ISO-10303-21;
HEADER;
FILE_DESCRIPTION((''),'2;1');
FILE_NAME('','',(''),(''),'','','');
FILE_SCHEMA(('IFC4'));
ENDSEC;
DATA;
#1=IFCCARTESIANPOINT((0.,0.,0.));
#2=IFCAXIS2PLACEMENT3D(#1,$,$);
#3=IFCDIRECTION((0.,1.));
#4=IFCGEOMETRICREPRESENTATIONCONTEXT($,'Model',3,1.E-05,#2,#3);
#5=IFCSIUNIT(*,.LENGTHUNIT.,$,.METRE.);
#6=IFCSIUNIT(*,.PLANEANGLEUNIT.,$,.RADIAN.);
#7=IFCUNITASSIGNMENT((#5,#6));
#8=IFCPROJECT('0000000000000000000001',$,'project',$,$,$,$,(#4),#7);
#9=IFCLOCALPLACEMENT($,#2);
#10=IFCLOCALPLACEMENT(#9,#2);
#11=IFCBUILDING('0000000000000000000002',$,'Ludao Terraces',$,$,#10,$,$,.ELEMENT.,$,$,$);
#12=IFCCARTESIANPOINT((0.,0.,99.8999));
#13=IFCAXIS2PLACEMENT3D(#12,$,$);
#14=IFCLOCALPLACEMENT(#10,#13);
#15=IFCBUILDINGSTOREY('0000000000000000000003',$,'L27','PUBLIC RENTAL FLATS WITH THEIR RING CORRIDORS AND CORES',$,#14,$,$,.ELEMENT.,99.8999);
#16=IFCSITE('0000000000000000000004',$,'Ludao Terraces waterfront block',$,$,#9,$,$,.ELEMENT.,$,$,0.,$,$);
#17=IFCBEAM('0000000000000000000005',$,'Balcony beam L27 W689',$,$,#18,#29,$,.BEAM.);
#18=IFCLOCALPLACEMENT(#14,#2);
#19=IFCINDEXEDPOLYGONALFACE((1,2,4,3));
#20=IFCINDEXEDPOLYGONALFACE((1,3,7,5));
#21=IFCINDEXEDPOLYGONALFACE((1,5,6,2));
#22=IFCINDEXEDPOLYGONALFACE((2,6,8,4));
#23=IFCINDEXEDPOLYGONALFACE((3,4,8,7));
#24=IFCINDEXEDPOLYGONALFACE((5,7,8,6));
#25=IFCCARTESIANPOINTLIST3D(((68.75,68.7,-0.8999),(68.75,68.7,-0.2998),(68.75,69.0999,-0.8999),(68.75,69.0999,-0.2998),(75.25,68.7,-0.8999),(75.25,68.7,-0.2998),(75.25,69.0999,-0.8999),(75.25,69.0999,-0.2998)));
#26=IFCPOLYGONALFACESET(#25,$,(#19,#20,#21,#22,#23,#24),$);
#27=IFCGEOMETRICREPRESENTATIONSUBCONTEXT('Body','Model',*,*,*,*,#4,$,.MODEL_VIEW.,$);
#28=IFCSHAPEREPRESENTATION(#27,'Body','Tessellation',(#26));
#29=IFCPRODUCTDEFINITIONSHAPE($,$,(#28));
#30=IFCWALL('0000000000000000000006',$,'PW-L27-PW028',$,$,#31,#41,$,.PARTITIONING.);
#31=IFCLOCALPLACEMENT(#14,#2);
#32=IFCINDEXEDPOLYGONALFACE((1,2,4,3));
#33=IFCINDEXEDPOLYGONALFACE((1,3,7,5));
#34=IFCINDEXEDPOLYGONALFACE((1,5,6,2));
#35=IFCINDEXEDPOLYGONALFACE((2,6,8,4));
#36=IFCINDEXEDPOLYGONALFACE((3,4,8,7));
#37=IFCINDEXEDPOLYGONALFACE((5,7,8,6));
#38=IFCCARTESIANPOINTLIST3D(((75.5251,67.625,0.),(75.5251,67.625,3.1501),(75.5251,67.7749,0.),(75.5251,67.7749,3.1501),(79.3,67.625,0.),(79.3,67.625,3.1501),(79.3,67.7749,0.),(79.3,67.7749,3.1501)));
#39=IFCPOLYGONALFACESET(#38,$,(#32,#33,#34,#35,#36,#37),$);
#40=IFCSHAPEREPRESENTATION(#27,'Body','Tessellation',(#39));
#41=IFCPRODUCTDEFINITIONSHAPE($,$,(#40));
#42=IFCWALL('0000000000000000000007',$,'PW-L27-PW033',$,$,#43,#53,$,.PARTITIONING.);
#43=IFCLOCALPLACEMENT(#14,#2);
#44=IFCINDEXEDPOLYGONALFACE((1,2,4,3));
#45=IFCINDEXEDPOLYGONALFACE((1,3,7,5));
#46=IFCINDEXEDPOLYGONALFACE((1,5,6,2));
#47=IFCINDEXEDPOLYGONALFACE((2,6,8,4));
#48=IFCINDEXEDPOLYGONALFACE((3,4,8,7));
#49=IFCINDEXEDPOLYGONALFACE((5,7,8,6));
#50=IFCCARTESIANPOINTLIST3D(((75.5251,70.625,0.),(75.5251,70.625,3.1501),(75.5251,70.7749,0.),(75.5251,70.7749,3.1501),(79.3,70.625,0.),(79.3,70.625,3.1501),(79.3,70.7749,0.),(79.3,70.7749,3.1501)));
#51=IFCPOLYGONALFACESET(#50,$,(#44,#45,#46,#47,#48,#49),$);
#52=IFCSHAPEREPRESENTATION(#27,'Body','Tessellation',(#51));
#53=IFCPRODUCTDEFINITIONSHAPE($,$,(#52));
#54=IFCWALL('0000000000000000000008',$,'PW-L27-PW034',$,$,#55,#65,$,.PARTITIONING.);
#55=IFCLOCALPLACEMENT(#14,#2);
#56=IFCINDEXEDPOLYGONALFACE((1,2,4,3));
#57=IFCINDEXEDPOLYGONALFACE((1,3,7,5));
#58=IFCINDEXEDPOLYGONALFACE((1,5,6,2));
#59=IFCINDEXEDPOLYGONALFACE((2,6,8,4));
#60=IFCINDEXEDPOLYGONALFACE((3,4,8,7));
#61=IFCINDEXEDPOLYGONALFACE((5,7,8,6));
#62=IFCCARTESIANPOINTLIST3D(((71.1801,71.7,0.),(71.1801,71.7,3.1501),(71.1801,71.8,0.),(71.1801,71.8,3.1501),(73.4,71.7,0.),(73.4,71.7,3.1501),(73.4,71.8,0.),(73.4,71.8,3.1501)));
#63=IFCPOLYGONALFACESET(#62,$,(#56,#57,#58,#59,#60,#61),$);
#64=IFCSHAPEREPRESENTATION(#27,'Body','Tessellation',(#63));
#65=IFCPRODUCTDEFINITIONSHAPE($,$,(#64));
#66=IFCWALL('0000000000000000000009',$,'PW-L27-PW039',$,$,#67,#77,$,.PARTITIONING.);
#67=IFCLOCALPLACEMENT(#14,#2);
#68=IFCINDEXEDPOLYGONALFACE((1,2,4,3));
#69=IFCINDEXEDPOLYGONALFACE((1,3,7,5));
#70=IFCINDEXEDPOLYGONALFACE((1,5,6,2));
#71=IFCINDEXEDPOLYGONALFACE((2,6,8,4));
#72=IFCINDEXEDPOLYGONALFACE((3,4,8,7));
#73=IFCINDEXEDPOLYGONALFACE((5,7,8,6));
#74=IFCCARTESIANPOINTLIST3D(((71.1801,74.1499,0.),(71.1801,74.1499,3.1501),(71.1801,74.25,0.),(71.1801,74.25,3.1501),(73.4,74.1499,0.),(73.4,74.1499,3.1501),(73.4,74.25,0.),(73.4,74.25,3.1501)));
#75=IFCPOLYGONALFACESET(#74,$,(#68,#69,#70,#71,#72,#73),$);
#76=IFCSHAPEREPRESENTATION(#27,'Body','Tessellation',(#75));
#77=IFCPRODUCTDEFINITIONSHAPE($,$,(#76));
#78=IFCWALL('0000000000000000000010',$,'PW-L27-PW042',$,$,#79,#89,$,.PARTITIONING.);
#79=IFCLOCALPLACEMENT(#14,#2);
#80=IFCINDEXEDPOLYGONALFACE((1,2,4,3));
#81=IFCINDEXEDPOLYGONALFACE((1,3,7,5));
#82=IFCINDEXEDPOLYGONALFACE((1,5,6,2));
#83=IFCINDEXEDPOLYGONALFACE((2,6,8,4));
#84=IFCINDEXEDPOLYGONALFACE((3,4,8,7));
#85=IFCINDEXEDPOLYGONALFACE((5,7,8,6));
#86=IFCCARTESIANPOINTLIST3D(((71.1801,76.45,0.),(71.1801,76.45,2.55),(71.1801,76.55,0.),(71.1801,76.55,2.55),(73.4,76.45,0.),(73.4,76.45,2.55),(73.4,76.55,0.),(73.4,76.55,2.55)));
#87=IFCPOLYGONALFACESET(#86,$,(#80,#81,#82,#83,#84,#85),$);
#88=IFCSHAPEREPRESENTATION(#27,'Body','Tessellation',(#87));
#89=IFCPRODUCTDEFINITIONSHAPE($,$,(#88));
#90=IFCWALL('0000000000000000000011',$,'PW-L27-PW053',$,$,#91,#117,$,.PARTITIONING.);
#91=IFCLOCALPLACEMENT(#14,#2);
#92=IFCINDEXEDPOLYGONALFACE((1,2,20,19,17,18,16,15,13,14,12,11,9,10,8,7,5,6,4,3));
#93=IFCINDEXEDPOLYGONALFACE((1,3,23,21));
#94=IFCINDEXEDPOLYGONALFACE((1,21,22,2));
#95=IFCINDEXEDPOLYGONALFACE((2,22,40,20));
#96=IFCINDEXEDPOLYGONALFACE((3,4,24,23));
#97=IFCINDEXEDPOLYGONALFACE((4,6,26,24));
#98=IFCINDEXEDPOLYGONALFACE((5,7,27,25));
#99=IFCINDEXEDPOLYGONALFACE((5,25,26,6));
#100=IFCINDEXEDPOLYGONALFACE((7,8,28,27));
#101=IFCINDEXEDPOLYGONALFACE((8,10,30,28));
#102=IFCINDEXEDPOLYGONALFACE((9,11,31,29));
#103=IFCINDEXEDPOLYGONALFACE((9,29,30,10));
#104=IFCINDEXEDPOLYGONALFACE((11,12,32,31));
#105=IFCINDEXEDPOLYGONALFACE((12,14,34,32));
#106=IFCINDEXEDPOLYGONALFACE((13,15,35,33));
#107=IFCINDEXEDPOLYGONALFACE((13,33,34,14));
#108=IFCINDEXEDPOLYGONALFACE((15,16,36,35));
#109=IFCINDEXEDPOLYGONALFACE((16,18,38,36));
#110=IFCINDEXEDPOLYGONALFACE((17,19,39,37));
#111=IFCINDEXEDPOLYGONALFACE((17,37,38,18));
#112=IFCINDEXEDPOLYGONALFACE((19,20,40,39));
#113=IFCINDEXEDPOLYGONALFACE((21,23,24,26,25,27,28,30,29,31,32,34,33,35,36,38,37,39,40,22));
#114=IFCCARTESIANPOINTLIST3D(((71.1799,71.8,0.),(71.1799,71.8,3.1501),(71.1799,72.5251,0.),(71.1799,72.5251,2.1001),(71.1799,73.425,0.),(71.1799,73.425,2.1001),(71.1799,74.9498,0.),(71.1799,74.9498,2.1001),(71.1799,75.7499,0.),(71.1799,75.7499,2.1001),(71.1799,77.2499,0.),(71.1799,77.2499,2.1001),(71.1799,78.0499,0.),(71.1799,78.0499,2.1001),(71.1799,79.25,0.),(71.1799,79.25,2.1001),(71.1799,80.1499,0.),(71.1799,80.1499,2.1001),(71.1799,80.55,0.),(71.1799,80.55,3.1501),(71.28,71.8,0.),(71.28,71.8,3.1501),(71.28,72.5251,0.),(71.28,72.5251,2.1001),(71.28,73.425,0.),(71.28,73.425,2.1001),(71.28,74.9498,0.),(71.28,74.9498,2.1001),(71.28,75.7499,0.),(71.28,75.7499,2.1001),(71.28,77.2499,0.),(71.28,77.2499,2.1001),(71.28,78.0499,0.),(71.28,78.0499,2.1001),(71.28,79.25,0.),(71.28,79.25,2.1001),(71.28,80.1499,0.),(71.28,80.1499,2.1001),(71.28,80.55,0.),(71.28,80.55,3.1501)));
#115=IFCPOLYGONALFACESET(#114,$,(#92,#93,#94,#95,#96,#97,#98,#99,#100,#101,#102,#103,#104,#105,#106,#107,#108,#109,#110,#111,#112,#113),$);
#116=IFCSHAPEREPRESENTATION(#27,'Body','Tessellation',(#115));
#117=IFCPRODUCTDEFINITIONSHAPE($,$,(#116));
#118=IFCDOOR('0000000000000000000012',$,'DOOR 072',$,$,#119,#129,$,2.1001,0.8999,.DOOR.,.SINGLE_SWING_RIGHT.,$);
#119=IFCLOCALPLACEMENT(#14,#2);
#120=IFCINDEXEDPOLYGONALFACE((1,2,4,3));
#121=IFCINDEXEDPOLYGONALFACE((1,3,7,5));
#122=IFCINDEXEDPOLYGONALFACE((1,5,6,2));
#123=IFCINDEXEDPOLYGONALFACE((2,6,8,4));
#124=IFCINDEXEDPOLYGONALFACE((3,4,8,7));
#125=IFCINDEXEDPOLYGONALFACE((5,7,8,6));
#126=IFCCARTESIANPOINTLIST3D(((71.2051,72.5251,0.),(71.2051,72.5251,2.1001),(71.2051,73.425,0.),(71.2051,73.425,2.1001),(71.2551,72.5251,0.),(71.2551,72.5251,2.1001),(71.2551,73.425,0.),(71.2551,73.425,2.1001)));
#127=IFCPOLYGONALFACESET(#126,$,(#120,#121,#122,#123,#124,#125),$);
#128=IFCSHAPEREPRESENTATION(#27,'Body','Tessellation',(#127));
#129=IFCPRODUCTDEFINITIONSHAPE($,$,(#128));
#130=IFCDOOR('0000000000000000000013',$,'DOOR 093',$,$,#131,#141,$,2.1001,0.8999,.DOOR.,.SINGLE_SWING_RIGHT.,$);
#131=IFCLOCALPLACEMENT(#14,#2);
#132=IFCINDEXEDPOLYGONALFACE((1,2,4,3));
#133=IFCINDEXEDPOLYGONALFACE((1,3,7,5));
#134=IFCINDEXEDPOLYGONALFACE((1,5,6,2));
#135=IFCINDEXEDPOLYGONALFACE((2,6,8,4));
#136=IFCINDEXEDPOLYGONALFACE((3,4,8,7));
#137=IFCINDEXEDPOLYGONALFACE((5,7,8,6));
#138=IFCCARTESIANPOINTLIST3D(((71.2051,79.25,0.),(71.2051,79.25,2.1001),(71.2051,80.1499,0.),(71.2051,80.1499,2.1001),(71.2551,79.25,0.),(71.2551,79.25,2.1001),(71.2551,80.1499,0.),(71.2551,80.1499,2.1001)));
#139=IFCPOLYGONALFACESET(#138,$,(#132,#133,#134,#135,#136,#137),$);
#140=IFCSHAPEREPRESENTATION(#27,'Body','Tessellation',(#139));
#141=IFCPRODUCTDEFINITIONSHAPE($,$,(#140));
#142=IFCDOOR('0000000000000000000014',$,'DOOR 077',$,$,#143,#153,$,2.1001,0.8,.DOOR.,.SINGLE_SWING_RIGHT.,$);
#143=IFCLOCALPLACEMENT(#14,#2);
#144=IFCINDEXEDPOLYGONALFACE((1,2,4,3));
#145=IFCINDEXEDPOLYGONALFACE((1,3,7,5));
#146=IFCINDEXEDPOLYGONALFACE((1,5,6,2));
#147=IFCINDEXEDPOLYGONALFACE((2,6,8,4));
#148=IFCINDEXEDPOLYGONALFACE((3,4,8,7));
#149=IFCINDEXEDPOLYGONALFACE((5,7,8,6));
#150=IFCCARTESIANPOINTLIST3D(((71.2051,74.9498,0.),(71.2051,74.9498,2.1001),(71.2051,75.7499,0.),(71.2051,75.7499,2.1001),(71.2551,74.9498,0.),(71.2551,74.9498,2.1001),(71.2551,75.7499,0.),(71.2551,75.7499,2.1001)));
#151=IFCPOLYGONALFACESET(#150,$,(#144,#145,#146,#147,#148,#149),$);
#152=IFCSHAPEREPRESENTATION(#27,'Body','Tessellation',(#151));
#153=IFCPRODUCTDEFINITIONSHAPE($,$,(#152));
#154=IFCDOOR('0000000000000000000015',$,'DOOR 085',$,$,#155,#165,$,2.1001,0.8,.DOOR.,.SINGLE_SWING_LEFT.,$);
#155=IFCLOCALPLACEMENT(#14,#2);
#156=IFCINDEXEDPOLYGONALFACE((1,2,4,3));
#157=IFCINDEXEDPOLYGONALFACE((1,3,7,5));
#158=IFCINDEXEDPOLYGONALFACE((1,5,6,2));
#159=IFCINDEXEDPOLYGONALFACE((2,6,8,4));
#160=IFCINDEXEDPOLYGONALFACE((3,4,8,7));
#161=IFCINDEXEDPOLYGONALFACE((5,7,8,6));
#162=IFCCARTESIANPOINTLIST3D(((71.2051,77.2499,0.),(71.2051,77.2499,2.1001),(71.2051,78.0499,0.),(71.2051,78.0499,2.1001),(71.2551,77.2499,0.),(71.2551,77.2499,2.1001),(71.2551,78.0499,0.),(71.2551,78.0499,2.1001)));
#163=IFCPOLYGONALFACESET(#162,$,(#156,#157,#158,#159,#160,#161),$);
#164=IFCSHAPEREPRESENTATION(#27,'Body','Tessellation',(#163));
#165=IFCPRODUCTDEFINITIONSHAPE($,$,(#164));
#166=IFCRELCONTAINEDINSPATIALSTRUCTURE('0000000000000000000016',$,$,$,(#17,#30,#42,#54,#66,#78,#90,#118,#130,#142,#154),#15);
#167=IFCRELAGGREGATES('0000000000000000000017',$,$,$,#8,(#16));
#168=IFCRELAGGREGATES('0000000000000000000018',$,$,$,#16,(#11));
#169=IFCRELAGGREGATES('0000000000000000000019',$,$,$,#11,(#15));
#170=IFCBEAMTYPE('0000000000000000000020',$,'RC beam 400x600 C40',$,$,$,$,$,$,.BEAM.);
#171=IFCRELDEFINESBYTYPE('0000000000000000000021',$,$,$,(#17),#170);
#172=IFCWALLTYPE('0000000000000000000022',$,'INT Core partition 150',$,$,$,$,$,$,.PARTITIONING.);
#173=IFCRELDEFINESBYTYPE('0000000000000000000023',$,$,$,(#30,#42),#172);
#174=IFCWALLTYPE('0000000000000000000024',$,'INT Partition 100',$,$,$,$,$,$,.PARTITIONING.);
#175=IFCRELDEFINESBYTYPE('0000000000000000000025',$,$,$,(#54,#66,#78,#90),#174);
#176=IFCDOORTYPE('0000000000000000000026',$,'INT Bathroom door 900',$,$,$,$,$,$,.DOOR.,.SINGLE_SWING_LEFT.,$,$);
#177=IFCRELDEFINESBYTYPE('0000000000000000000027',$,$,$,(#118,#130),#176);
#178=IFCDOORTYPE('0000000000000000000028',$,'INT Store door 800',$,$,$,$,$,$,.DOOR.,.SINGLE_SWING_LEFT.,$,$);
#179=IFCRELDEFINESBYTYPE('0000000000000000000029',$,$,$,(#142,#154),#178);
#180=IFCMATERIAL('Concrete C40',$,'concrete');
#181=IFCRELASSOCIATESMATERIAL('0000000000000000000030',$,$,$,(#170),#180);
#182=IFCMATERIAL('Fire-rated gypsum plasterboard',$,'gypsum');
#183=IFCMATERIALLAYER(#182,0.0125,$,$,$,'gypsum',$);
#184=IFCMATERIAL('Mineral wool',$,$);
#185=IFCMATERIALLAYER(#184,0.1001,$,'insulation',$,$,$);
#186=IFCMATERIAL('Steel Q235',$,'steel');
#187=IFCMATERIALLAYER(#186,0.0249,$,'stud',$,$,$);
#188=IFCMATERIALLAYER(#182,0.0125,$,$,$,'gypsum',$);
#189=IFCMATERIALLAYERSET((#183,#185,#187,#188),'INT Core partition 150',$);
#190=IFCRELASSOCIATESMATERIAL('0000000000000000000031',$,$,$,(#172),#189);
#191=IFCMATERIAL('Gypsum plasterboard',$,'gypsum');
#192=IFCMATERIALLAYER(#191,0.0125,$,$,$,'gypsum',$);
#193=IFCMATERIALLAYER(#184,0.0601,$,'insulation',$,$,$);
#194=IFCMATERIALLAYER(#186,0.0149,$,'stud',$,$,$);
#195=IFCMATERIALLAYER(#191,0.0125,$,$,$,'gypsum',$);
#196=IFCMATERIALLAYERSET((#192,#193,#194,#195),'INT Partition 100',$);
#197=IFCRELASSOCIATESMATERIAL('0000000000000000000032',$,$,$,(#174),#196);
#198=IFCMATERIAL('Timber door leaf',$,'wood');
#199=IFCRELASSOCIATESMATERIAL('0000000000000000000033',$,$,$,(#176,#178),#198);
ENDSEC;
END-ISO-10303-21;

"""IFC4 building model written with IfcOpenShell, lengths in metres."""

from ifc_helpers import new_model, si_unit, direction, frame, frame_2d, origin, origin_2d, place, context, subcontext, project, spatial, rectangle, extrude, material, layer, layer_set, material_profile, profile_set, type_object, element, fill, save


model = new_model("IFC4")

# Units and contexts
model_context = context("Model", 3, precision=1e-05, world=origin(), true_north=direction((0.0, 1.0)))
body_context = subcontext(model_context, "Body", "Model", "MODEL_VIEW")
ifc_project = project(units=[si_unit("LENGTHUNIT", "METRE"), si_unit("PLANEANGLEUNIT", "RADIAN")], contexts=[model_context])

# Site, building, storey
site_placement = place(None, origin())
site = spatial("IfcSite", under=ifc_project, at=site_placement, Name="Ludao Terraces waterfront block", CompositionType="ELEMENT", RefElevation=0.0)
building_placement = place(site_placement, origin())
building = spatial("IfcBuilding", under=site, at=building_placement, Name="Ludao Terraces", CompositionType="ELEMENT")
storey_placement = place(building_placement, frame((0.0, 0.0, 99.8999)))
storey = spatial("IfcBuildingStorey", under=building, at=storey_placement, Name="L27", Description="PUBLIC RENTAL FLATS WITH THEIR RING CORRIDORS AND CORES", CompositionType="ELEMENT", Elevation=99.8999)

# Beam
ifc_material_1 = material(Name="Concrete C40", Category="concrete")
ifc_material_profile = material_profile(ifc_material_1, rectangle(XDim=0.3999, YDim=0.6001, at=origin_2d()), Name="400 X 600")
ifc_profile_set = profile_set([ifc_material_profile], Name="Concrete C40")
beam_type = type_object("IfcBeamType", Name="RC beam 400x600 C40", PredefinedType="BEAM", material=ifc_profile_set)
beam_placement = place(storey_placement, frame((75.25, 68.8999, -0.5999), z_axis=(-1.0, 0.0, 0.0), x_axis=(0.0, -1.0, 0.0)))
element("IfcBeam", 1, at=beam_placement, inside=storey, type_object=beam_type, Name="Balcony beam L27 W689", PredefinedType="BEAM", context=body_context, shape_type="SweptSolid", body=[
    extrude(rectangle(XDim=0.3999, YDim=0.6001, at=origin_2d()), origin(), (0.0, 0.0, 1.0), 6.5),
])

# Walls
ifc_material_2 = material(Name="Fire-rated gypsum plasterboard", Category="gypsum")
ifc_layer_1 = layer(ifc_material_2, 0.0125, Category="gypsum")
ifc_material_3 = material(Name="Mineral wool")
ifc_layer_2 = layer(ifc_material_3, 0.1001, Name="insulation")
ifc_material_4 = material(Name="Steel Q235", Category="steel")
ifc_layer_3 = layer(ifc_material_4, 0.0249, Name="stud")
ifc_layer_4 = layer(ifc_material_2, 0.0125, Category="gypsum")
ifc_layer_set_1 = layer_set([ifc_layer_1, ifc_layer_2, ifc_layer_3, ifc_layer_4], Name="INT Core partition 150")
wall_type_1 = type_object("IfcWallType", Name="INT Core partition 150", PredefinedType="PARTITIONING", material=ifc_layer_set_1)
for number, where, z_axis, x_axis, name in (
    (2, (75.5251, 67.7, 0.0), (0.0, 0.0, 1.0), (1.0, 0.0, 0.0), "PW-L27-PW028"),
    (3, (75.5251, 70.7, 0.0), (0.0, 0.0, 1.0), (1.0, 0.0, 0.0), "PW-L27-PW033"),
):
    element("IfcWall", number, at=place(storey_placement, frame(where, z_axis=z_axis, x_axis=x_axis)), inside=storey, type_object=wall_type_1, Name=name, PredefinedType="PARTITIONING", context=body_context, shape_type="SweptSolid", body=[
        extrude(rectangle(XDim=3.7749, YDim=0.1499, at=frame_2d((1.8875, 0.0))), origin(), (0.0, 0.0, 1.0), 3.1501),
    ])
ifc_material_5 = material(Name="Gypsum plasterboard", Category="gypsum")
ifc_layer_5 = layer(ifc_material_5, 0.0125, Category="gypsum")
ifc_layer_6 = layer(ifc_material_3, 0.0601, Name="insulation")
ifc_layer_7 = layer(ifc_material_4, 0.0149, Name="stud")
ifc_layer_8 = layer(ifc_material_5, 0.0125, Category="gypsum")
ifc_layer_set_2 = layer_set([ifc_layer_5, ifc_layer_6, ifc_layer_7, ifc_layer_8], Name="INT Partition 100")
wall_type_2 = type_object("IfcWallType", Name="INT Partition 100", PredefinedType="PARTITIONING", material=ifc_layer_set_2)
for number, where, z_axis, x_axis, name in (
    (4, (71.1802, 71.75, 0.0), (0.0, 0.0, 1.0), (1.0, 0.0, 0.0), "PW-L27-PW034"),
    (5, (71.1802, 74.2, 0.0), (0.0, 0.0, 1.0), (1.0, 0.0, 0.0), "PW-L27-PW039"),
):
    element("IfcWall", number, at=place(storey_placement, frame(where, z_axis=z_axis, x_axis=x_axis)), inside=storey, type_object=wall_type_2, Name=name, PredefinedType="PARTITIONING", context=body_context, shape_type="SweptSolid", body=[
        extrude(rectangle(XDim=2.22, YDim=0.1001, at=frame_2d((1.1099, 0.0))), origin(), (0.0, 0.0, 1.0), 3.1501),
    ])
wall_1_placement = place(storey_placement, frame((71.1802, 76.5, 0.0), z_axis=(0.0, 0.0, 1.0), x_axis=(1.0, 0.0, 0.0)))
element("IfcWall", 6, at=wall_1_placement, inside=storey, type_object=wall_type_2, Name="PW-L27-PW042", PredefinedType="PARTITIONING", context=body_context, shape_type="SweptSolid", body=[
    extrude(rectangle(XDim=2.22, YDim=0.1001, at=frame_2d((1.1099, 0.0))), origin(), (0.0, 0.0, 1.0), 2.55),
])

# Wall, openings, doors
wall_2_placement = place(storey_placement, frame((71.23, 71.8, 0.0), z_axis=(0.0, 0.0, 1.0), x_axis=(0.0, 1.0, 0.0)))
wall_2 = element("IfcWall", 7, at=wall_2_placement, inside=storey, type_object=wall_type_2, Name="PW-L27-PW053", PredefinedType="PARTITIONING", context=body_context, shape_type="SweptSolid", body=[
    extrude(rectangle(XDim=8.75, YDim=0.1001, at=frame_2d((4.375, 0.0))), origin(), (0.0, 0.0, 1.0), 3.1501),
])
opening_1_placement = place(wall_2_placement, frame((0.7251, 0.0, 0.0)))
opening_1 = element("IfcOpeningElement", 8, at=opening_1_placement, cuts=wall_2, PredefinedType="OPENING", context=body_context, shape_type="SweptSolid", body=[
    extrude(rectangle(XDim=0.8999, YDim=2.1001, at=frame_2d((0.45, 1.05))), frame((0.0, 0.0601, 0.0), z_axis=(0.0, -1.0, 0.0), x_axis=(1.0, 0.0, 0.0)), (0.0, 0.0, 1.0), 0.1201),
])
opening_2_placement = place(wall_2_placement, frame((3.1499, 0.0, 0.0)))
opening_2 = element("IfcOpeningElement", 9, at=opening_2_placement, cuts=wall_2, PredefinedType="OPENING", context=body_context, shape_type="SweptSolid", body=[
    extrude(rectangle(XDim=0.8, YDim=2.1001, at=frame_2d((0.3999, 1.05))), frame((0.0, 0.0601, 0.0), z_axis=(0.0, -1.0, 0.0), x_axis=(1.0, 0.0, 0.0)), (0.0, 0.0, 1.0), 0.1201),
])
opening_3_placement = place(wall_2_placement, frame((5.45, 0.0, 0.0)))
opening_3 = element("IfcOpeningElement", 10, at=opening_3_placement, cuts=wall_2, PredefinedType="OPENING", context=body_context, shape_type="SweptSolid", body=[
    extrude(rectangle(XDim=0.8, YDim=2.1001, at=frame_2d((0.3999, 1.05))), frame((0.0, 0.0601, 0.0), z_axis=(0.0, -1.0, 0.0), x_axis=(1.0, 0.0, 0.0)), (0.0, 0.0, 1.0), 0.1201),
])
opening_4_placement = place(wall_2_placement, frame((7.45, 0.0, 0.0)))
opening_4 = element("IfcOpeningElement", 11, at=opening_4_placement, cuts=wall_2, PredefinedType="OPENING", context=body_context, shape_type="SweptSolid", body=[
    extrude(rectangle(XDim=0.8999, YDim=2.1001, at=frame_2d((0.45, 1.05))), frame((0.0, 0.0601, 0.0), z_axis=(0.0, -1.0, 0.0), x_axis=(1.0, 0.0, 0.0)), (0.0, 0.0, 1.0), 0.1201),
])
ifc_material_6 = material(Name="Timber door leaf", Category="wood")
door_type_1 = type_object("IfcDoorType", Name="INT Bathroom door 900", OperationType="SINGLE_SWING_LEFT", PredefinedType="DOOR", material=ifc_material_6)
door_1_placement = place(opening_1_placement, origin())
door_1 = element("IfcDoor", 12, at=door_1_placement, inside=storey, type_object=door_type_1, Name="DOOR 072", OperationType="SINGLE_SWING_RIGHT", OverallHeight=2.1001, OverallWidth=0.8999, PredefinedType="DOOR", context=body_context, shape_type="SweptSolid", body=[
    extrude(rectangle(XDim=0.8999, YDim=2.1001, at=frame_2d((0.45, 1.05))), frame((0.0, 0.0249, 0.0), z_axis=(0.0, -1.0, 0.0), x_axis=(1.0, 0.0, 0.0)), (0.0, 0.0, 1.0), 0.05),
])
fill(opening_1, door_1)
door_2_placement = place(opening_4_placement, origin())
door_2 = element("IfcDoor", 13, at=door_2_placement, inside=storey, type_object=door_type_1, Name="DOOR 093", OperationType="SINGLE_SWING_RIGHT", OverallHeight=2.1001, OverallWidth=0.8999, PredefinedType="DOOR", context=body_context, shape_type="SweptSolid", body=[
    extrude(rectangle(XDim=0.8999, YDim=2.1001, at=frame_2d((0.45, 1.05))), frame((0.0, 0.0249, 0.0), z_axis=(0.0, -1.0, 0.0), x_axis=(1.0, 0.0, 0.0)), (0.0, 0.0, 1.0), 0.05),
])
fill(opening_4, door_2)
door_type_2 = type_object("IfcDoorType", Name="INT Store door 800", OperationType="SINGLE_SWING_LEFT", PredefinedType="DOOR", material=ifc_material_6)
door_3_placement = place(opening_2_placement, origin())
door_3 = element("IfcDoor", 14, at=door_3_placement, inside=storey, type_object=door_type_2, Name="DOOR 077", OperationType="SINGLE_SWING_RIGHT", OverallHeight=2.1001, OverallWidth=0.8, PredefinedType="DOOR", context=body_context, shape_type="SweptSolid", body=[
    extrude(rectangle(XDim=0.8, YDim=2.1001, at=frame_2d((0.3999, 1.05))), frame((0.0, 0.0249, 0.0), z_axis=(0.0, -1.0, 0.0), x_axis=(1.0, 0.0, 0.0)), (0.0, 0.0, 1.0), 0.05),
])
fill(opening_2, door_3)
door_4_placement = place(opening_3_placement, origin())
door_4 = element("IfcDoor", 15, at=door_4_placement, inside=storey, type_object=door_type_2, Name="DOOR 085", OperationType="SINGLE_SWING_LEFT", OverallHeight=2.1001, OverallWidth=0.8, PredefinedType="DOOR", context=body_context, shape_type="SweptSolid", body=[
    extrude(rectangle(XDim=0.8, YDim=2.1001, at=frame_2d((0.3999, 1.05))), frame((0.0, 0.0249, 0.0), z_axis=(0.0, -1.0, 0.0), x_axis=(1.0, 0.0, 0.0)), (0.0, 0.0, 1.0), 0.05),
])
fill(opening_3, door_4)

save(model, "model.ifc")
